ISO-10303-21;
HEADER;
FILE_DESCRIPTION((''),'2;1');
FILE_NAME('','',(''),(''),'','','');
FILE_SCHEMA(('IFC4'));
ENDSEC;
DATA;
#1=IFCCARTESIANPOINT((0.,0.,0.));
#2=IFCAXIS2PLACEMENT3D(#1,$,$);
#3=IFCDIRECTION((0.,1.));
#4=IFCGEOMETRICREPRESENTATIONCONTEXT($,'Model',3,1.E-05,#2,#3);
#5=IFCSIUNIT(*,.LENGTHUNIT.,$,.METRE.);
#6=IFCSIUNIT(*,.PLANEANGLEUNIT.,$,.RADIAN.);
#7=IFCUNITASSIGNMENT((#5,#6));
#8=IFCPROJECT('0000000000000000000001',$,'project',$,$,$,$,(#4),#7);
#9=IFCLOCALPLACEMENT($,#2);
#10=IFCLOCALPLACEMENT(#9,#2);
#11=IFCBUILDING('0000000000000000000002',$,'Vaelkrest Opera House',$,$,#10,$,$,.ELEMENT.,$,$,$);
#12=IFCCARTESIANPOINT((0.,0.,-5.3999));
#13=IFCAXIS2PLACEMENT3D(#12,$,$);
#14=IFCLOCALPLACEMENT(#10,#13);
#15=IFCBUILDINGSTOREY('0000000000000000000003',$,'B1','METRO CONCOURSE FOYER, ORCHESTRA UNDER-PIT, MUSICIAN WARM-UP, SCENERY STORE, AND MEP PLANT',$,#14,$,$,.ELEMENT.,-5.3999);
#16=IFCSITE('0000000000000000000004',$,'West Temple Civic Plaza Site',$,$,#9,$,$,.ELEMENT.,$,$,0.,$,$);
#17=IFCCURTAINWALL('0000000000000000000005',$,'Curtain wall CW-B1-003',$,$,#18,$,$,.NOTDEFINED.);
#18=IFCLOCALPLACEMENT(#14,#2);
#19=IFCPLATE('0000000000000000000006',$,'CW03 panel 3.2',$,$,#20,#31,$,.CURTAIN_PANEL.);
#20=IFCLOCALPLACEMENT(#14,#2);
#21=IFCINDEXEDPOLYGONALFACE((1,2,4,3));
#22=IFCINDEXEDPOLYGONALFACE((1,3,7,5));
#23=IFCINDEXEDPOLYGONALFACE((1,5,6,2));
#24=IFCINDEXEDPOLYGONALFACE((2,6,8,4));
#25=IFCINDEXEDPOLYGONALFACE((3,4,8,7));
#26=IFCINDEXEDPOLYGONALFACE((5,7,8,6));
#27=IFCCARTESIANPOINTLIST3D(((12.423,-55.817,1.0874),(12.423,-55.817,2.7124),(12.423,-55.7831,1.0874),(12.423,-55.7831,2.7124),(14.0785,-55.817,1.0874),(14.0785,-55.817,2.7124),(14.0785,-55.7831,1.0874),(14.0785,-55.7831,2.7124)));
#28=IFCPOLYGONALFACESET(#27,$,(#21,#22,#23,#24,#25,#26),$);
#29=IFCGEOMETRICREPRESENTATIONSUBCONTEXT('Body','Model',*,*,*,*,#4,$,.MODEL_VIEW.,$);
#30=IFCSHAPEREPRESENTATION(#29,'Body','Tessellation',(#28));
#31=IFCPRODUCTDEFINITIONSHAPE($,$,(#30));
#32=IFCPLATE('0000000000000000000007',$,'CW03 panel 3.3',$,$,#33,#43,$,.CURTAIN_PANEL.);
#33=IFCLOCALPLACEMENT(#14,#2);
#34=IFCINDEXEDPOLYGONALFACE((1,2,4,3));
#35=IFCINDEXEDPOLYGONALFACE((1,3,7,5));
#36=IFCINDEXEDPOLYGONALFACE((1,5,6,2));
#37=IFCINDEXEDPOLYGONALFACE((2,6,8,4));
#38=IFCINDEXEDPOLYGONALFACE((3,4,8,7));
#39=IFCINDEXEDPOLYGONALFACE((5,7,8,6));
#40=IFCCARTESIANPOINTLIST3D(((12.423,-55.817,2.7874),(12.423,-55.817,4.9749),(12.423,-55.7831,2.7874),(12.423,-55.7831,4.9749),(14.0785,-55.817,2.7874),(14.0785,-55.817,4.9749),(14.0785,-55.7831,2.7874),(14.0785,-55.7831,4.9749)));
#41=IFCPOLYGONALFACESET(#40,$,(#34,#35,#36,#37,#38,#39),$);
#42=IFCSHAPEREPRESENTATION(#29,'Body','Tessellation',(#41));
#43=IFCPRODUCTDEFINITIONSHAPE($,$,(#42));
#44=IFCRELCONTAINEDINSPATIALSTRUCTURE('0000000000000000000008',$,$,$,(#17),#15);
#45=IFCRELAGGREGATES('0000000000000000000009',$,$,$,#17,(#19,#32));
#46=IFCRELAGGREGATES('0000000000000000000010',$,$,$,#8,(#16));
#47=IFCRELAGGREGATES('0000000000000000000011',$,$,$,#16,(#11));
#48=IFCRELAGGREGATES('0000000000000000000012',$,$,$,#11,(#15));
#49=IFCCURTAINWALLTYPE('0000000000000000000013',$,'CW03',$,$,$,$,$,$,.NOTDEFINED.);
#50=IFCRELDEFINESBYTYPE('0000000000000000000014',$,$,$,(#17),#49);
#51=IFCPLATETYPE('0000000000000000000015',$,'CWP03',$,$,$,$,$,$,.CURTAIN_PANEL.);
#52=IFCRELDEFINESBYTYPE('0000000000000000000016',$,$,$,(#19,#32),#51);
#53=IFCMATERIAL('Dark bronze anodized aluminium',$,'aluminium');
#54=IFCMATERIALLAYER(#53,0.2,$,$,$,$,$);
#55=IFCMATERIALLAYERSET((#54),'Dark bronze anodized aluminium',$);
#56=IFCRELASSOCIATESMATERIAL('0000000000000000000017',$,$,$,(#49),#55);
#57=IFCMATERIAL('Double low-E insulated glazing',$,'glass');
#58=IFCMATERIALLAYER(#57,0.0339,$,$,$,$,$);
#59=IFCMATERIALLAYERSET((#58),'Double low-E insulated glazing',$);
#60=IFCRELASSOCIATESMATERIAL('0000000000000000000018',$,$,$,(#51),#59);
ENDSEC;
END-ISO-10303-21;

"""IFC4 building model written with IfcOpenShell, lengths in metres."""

from ifc_helpers import new_model, si_unit, direction, frame, origin, origin_2d, place, context, subcontext, project, spatial, rectangle, extrude, material, layer, layer_set, type_object, element, aggregate, save


model = new_model("IFC4")

# Units and contexts
model_context = context("Model", 3, precision=1e-05, world=origin(), true_north=direction((0.0, 1.0)))
body_context = subcontext(model_context, "Body", "Model", "MODEL_VIEW")
ifc_project = project(units=[si_unit("LENGTHUNIT", "METRE"), si_unit("PLANEANGLEUNIT", "RADIAN")], contexts=[model_context])

# Site, building, storey
site_placement = place(None, origin())
site = spatial("IfcSite", under=ifc_project, at=site_placement, Name="West Temple Civic Plaza Site", CompositionType="ELEMENT", RefElevation=0.0)
building_placement = place(site_placement, origin())
building = spatial("IfcBuilding", under=site, at=building_placement, Name="Vaelkrest Opera House", CompositionType="ELEMENT")
storey_placement = place(building_placement, frame((0.0, 0.0, -5.3999)))
storey = spatial("IfcBuildingStorey", under=building, at=storey_placement, Name="B1", Description="METRO CONCOURSE FOYER, ORCHESTRA UNDER-PIT, MUSICIAN WARM-UP, SCENERY STORE, AND MEP PLANT", CompositionType="ELEMENT", Elevation=-5.3999)

# Curtain wall, plates
ifc_material_1 = material(Name="Dark bronze anodized aluminium", Category="aluminium")
ifc_layer_1 = layer(ifc_material_1, 0.2)
ifc_layer_set_1 = layer_set([ifc_layer_1], Name="Dark bronze anodized aluminium")
curtain_wall_type = type_object("IfcCurtainWallType", Name="CW03", PredefinedType="NOTDEFINED", material=ifc_layer_set_1)
curtain_wall_placement = place(storey_placement, origin())
curtain_wall = element("IfcCurtainWall", 1, at=curtain_wall_placement, inside=storey, type_object=curtain_wall_type, Name="Curtain wall CW-B1-003", PredefinedType="NOTDEFINED")
ifc_material_2 = material(Name="Double low-E insulated glazing", Category="glass")
ifc_layer_2 = layer(ifc_material_2, 0.0339)
ifc_layer_set_2 = layer_set([ifc_layer_2], Name="Double low-E insulated glazing")
plate_type = type_object("IfcPlateType", Name="CWP03", PredefinedType="CURTAIN_PANEL", material=ifc_layer_set_2)
plate_1_placement = place(storey_placement, frame((13.2507, -55.8, 1.0874), z_axis=(0.0, 0.0, 1.0), x_axis=(-1.0, 0.0, 0.0)))
plate_1 = element("IfcPlate", 2, at=plate_1_placement, type_object=plate_type, Name="CW03 panel 3.2", PredefinedType="CURTAIN_PANEL", context=body_context, shape_type="SweptSolid", body=[
    extrude(rectangle(XDim=1.6555, YDim=0.0339, at=origin_2d()), origin(), (0.0, 0.0, 1.0), 1.625),
])
plate_2_placement = place(storey_placement, frame((13.2507, -55.8, 2.7874), z_axis=(0.0, 0.0, 1.0), x_axis=(-1.0, 0.0, 0.0)))
plate_2 = element("IfcPlate", 3, at=plate_2_placement, type_object=plate_type, Name="CW03 panel 3.3", PredefinedType="CURTAIN_PANEL", context=body_context, shape_type="SweptSolid", body=[
    extrude(rectangle(XDim=1.6555, YDim=0.0339, at=origin_2d()), origin(), (0.0, 0.0, 1.0), 2.1875),
])
aggregate(curtain_wall, [plate_1, plate_2])

save(model, "model.ifc")
